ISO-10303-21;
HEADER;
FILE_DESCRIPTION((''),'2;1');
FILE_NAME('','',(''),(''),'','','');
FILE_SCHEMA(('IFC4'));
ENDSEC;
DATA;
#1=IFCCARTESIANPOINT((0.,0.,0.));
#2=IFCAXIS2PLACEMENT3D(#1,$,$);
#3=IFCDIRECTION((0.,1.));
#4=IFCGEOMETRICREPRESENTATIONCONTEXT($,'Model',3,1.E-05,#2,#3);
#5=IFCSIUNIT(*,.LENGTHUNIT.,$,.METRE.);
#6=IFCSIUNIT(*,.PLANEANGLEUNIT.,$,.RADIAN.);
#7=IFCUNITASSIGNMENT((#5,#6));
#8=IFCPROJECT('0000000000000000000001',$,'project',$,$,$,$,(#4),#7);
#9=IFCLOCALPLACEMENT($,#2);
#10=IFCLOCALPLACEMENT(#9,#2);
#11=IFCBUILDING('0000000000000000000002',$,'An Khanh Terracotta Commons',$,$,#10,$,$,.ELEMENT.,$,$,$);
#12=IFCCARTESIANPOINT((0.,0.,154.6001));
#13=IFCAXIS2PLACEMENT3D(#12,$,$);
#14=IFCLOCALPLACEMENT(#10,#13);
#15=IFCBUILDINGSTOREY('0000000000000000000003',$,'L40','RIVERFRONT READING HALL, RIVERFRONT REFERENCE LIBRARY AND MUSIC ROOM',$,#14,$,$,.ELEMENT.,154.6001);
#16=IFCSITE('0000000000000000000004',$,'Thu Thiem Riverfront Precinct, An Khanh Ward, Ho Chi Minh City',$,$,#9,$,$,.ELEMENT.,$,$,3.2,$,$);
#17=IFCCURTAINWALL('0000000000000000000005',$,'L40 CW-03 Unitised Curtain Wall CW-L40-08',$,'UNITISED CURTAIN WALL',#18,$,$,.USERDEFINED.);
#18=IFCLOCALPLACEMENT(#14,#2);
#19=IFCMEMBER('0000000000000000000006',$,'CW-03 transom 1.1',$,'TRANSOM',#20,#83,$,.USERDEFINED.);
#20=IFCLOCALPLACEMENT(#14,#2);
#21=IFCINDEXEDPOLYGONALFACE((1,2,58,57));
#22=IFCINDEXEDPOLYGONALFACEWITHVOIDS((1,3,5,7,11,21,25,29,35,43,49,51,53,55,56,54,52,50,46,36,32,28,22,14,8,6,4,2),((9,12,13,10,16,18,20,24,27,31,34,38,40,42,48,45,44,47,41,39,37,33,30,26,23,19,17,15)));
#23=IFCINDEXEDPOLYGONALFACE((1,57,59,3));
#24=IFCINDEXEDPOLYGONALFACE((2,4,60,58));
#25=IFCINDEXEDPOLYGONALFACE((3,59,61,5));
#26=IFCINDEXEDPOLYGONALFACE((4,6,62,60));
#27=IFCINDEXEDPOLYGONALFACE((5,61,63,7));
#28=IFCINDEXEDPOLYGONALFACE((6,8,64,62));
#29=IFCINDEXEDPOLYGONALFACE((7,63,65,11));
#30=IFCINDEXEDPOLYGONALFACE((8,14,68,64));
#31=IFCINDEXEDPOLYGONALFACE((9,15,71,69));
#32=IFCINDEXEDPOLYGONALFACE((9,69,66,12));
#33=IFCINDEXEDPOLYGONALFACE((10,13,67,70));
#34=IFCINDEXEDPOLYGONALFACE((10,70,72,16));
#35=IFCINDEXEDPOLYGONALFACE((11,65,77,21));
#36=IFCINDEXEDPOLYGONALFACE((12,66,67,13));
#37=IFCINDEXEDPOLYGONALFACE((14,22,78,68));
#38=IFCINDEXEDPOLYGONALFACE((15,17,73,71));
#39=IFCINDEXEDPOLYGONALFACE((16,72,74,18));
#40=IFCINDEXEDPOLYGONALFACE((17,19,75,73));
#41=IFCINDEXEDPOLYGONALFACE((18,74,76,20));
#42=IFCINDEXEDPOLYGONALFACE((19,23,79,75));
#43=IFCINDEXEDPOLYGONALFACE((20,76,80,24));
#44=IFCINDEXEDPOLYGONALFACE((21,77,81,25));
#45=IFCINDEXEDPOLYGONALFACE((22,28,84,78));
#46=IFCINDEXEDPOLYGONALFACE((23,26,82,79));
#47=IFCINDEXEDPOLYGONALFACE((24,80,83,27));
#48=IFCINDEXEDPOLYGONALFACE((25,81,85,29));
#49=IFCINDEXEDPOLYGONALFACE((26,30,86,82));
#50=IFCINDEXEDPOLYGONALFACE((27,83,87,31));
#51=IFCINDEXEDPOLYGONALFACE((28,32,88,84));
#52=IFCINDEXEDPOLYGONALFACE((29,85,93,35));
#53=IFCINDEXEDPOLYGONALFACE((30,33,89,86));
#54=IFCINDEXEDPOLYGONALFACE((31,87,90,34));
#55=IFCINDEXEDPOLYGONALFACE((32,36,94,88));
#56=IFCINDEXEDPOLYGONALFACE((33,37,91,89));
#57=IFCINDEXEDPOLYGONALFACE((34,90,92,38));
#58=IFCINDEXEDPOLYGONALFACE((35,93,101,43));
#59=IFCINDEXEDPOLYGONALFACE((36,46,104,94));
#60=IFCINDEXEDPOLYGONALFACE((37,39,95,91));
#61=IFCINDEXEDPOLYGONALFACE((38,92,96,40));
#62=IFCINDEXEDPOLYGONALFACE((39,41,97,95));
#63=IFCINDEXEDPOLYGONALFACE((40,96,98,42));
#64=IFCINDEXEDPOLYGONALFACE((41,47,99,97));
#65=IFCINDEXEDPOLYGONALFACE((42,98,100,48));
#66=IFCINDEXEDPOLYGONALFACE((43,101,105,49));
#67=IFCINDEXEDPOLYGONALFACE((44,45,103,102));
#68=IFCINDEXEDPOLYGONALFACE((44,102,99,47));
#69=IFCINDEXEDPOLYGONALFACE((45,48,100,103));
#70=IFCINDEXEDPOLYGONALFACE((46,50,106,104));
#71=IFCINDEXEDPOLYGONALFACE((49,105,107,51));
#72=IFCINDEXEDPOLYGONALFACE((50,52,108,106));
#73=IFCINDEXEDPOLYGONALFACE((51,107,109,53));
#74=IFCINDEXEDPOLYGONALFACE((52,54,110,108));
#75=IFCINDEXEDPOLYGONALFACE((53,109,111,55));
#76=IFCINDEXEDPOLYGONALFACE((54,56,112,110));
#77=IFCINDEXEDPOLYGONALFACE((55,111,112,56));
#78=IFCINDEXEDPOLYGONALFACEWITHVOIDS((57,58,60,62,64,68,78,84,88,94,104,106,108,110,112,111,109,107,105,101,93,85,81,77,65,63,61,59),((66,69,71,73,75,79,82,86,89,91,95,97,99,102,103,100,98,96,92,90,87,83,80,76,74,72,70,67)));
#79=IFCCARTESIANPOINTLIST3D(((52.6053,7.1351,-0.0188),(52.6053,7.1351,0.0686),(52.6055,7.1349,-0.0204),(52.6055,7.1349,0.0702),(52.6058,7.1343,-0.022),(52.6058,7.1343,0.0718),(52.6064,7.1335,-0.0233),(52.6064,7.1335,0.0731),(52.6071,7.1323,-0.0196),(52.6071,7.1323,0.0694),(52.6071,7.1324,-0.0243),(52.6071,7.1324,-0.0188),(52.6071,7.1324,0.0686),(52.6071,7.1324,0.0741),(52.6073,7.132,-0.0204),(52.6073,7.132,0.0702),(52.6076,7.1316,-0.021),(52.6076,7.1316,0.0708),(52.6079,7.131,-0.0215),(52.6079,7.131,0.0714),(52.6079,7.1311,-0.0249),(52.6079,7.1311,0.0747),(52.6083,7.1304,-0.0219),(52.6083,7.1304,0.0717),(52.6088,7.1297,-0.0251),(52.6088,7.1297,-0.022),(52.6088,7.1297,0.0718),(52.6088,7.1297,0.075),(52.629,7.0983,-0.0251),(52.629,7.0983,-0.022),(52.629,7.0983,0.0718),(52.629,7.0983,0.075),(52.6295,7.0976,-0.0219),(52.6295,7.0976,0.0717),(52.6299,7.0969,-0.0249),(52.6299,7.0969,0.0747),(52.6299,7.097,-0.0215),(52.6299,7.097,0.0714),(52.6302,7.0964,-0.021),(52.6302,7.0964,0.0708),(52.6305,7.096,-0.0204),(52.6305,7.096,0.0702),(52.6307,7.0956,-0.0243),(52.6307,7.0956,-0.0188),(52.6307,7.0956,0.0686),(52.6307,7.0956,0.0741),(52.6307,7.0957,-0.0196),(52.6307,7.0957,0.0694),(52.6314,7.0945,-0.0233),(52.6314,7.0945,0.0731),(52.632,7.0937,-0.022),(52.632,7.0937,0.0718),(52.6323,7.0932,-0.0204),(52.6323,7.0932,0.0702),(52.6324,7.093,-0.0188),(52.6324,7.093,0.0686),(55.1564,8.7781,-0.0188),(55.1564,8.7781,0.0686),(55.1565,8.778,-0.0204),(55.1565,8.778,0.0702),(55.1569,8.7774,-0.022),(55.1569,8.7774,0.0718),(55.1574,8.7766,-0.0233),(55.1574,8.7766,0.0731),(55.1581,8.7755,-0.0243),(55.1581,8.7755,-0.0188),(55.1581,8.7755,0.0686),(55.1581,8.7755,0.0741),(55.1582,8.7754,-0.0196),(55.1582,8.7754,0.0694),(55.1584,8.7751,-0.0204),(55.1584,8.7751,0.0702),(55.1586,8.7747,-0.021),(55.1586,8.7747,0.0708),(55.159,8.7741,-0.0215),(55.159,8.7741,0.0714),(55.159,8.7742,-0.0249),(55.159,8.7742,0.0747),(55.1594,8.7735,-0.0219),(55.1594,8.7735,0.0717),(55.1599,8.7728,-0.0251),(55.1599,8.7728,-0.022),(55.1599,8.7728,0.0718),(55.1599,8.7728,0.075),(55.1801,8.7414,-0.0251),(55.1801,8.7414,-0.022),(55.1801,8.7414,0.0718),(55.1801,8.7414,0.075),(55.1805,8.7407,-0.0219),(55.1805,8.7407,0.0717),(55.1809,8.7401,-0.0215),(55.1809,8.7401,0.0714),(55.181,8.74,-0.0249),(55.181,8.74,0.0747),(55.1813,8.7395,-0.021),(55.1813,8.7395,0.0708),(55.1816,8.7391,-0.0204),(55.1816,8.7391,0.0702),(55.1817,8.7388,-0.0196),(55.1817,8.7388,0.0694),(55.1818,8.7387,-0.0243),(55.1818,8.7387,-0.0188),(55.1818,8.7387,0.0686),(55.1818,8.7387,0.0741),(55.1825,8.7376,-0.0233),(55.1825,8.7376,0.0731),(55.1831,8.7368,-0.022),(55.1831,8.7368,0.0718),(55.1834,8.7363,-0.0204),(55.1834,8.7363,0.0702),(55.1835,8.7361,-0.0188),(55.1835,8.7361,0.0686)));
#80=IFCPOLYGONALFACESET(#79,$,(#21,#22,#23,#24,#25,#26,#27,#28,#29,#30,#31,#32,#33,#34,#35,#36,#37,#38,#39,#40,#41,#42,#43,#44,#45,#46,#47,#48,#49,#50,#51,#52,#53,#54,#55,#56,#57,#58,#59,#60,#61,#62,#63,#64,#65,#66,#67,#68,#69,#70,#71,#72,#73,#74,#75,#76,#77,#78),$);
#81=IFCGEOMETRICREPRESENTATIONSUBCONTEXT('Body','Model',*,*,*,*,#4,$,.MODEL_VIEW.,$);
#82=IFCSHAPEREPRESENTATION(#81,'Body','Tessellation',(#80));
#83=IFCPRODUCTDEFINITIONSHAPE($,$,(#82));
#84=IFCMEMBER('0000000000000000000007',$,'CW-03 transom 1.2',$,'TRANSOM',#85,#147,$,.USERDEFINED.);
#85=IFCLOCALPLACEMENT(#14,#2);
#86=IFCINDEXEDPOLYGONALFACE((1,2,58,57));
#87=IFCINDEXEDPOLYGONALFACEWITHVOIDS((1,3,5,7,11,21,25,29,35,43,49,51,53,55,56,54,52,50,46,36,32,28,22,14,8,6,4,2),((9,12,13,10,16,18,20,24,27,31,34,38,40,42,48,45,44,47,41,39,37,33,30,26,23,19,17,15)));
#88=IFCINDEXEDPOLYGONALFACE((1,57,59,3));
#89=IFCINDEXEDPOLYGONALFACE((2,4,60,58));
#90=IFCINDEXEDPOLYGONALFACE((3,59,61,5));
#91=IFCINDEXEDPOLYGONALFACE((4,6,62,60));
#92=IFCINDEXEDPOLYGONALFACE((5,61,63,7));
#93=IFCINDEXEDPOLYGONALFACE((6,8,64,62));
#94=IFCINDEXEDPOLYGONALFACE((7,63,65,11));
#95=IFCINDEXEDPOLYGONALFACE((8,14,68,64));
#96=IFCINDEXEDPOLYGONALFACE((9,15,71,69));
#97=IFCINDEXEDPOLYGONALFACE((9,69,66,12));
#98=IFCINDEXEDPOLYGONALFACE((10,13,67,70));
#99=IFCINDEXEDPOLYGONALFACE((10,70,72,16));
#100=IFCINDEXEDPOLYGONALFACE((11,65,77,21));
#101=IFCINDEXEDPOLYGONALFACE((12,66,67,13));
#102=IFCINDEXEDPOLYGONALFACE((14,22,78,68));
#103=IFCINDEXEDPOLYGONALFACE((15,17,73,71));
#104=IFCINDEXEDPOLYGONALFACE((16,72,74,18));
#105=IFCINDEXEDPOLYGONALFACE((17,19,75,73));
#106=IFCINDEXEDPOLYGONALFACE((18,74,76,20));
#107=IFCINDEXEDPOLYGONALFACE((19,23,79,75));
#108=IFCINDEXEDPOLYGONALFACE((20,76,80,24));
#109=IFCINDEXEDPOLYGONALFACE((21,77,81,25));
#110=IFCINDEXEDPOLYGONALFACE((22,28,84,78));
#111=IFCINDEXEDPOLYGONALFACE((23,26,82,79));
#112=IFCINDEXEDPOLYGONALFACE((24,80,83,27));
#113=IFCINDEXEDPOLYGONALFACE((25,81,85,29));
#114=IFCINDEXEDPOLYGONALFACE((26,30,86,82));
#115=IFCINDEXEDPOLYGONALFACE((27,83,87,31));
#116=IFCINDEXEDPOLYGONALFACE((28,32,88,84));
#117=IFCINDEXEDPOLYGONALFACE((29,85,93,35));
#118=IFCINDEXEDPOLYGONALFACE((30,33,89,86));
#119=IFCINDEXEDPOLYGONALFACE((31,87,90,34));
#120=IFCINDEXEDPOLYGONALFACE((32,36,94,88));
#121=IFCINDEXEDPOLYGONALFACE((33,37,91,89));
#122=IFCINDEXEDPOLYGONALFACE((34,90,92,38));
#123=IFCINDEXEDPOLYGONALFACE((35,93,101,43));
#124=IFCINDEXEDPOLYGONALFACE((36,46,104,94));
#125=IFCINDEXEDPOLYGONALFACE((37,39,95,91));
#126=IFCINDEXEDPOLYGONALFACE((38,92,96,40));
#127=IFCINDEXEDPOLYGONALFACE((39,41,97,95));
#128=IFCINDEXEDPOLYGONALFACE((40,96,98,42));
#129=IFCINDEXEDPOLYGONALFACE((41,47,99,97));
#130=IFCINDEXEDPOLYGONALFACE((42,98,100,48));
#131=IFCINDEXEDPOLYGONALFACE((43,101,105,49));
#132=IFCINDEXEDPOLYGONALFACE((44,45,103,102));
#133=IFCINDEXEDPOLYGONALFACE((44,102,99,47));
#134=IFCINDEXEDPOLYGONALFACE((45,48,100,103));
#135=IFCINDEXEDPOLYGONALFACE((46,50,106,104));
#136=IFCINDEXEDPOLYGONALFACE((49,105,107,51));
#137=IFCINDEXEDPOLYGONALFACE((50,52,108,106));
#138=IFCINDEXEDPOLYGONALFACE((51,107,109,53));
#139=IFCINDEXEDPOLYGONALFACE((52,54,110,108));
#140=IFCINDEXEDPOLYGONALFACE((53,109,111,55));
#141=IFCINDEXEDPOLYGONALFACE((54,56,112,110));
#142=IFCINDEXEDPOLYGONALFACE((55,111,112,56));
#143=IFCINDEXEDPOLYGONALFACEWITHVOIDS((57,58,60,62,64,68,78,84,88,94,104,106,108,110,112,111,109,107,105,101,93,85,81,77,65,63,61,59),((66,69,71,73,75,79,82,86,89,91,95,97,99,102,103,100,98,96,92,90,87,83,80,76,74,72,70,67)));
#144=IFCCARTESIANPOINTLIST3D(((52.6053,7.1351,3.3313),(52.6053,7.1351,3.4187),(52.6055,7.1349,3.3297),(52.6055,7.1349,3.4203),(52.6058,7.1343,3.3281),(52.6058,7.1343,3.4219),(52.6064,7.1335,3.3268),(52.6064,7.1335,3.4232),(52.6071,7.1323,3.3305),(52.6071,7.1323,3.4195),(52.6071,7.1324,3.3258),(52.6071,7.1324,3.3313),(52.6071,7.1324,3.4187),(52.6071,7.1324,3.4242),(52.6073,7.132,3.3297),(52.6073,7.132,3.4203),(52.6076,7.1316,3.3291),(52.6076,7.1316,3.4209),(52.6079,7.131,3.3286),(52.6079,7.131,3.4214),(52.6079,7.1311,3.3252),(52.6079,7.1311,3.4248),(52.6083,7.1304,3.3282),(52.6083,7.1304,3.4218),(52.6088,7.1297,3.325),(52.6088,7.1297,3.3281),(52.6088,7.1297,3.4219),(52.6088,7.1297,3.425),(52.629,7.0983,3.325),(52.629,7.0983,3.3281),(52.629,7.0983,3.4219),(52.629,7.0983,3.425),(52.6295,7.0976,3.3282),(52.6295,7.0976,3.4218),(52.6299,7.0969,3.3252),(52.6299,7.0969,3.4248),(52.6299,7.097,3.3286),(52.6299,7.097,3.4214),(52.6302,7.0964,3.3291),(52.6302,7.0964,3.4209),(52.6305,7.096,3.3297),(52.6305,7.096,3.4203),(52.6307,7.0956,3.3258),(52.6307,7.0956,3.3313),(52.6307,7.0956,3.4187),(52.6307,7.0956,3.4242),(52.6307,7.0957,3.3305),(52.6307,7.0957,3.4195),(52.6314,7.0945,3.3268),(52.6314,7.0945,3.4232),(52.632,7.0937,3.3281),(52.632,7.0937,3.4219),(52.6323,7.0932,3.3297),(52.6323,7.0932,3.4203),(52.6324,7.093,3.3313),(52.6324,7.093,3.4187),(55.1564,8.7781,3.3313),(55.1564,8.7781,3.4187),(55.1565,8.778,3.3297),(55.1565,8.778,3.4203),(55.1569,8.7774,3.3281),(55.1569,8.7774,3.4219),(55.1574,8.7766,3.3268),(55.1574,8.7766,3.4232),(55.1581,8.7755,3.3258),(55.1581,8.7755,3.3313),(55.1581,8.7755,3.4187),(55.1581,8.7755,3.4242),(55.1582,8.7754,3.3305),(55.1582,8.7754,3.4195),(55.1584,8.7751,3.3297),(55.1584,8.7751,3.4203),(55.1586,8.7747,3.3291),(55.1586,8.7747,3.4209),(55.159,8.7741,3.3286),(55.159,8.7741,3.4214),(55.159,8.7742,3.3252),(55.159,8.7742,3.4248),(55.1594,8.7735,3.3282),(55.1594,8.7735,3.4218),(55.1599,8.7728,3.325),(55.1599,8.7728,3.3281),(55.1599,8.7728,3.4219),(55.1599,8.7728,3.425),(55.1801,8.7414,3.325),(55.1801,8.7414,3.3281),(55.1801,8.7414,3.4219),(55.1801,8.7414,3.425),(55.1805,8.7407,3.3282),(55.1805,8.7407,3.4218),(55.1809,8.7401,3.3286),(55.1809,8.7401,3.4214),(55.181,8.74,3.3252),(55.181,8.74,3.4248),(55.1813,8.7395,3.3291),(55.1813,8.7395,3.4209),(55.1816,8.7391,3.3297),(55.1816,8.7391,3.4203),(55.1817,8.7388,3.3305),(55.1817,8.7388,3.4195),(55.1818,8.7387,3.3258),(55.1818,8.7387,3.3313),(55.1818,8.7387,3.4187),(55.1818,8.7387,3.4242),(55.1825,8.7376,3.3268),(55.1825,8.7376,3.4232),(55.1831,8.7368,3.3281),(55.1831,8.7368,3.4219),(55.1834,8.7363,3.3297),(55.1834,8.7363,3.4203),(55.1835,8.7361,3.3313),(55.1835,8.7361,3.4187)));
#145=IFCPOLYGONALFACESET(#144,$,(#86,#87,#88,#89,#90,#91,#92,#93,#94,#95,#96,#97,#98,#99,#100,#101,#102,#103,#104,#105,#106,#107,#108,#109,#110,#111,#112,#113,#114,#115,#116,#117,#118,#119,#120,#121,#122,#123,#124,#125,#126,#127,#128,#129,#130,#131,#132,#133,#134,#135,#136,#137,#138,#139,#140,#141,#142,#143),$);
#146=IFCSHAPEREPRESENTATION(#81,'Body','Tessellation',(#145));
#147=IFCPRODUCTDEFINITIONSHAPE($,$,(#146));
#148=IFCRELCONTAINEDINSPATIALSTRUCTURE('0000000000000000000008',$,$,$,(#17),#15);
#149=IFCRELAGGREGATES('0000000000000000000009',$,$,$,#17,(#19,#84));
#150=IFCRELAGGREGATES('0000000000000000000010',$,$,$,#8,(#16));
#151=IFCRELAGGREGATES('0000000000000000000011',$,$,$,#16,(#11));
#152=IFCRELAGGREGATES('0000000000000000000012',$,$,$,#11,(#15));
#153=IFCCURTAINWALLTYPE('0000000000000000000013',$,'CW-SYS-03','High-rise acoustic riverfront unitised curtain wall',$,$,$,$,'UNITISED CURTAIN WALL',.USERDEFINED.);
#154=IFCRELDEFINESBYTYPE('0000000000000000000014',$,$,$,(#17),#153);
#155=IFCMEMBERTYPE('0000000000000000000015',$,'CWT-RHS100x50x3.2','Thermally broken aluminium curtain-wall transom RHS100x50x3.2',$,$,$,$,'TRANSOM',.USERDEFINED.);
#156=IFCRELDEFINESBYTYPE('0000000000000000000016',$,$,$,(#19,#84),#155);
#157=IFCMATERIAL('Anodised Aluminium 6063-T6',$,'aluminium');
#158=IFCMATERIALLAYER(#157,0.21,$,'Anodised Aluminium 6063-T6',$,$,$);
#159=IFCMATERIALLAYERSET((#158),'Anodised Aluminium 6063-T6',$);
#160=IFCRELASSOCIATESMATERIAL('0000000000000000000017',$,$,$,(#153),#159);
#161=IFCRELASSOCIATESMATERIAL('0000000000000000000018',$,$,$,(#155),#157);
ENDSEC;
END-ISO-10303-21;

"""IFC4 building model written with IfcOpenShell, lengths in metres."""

from ifc_helpers import new_model, si_unit, direction, frame, origin, origin_2d, place, context, subcontext, project, spatial, hollow_rectangle, extrude, material, layer, layer_set, material_profile, profile_set, type_object, element, aggregate, save


model = new_model("IFC4")

# Units and contexts
model_context = context("Model", 3, precision=1e-05, world=origin(), true_north=direction((0.0, 1.0)))
body_context = subcontext(model_context, "Body", "Model", "MODEL_VIEW")
ifc_project = project(units=[si_unit("LENGTHUNIT", "METRE"), si_unit("PLANEANGLEUNIT", "RADIAN")], contexts=[model_context])

# Site, building, storey
site_placement = place(None, origin())
site = spatial("IfcSite", under=ifc_project, at=site_placement, Name="Thu Thiem Riverfront Precinct, An Khanh Ward, Ho Chi Minh City", CompositionType="ELEMENT", RefElevation=3.2)
building_placement = place(site_placement, origin())
building = spatial("IfcBuilding", under=site, at=building_placement, Name="An Khanh Terracotta Commons", CompositionType="ELEMENT")
storey_placement = place(building_placement, frame((0.0, 0.0, 154.6001)))
storey = spatial("IfcBuildingStorey", under=building, at=storey_placement, Name="L40", Description="RIVERFRONT READING HALL, RIVERFRONT REFERENCE LIBRARY AND MUSIC ROOM", CompositionType="ELEMENT", Elevation=154.6001)

# Curtain wall, members
ifc_material_1 = material(Name="Anodised Aluminium 6063-T6", Category="aluminium")
ifc_layer_1 = layer(ifc_material_1, 0.21, Name="Anodised Aluminium 6063-T6")
ifc_layer_set_1 = layer_set([ifc_layer_1], Name="Anodised Aluminium 6063-T6")
curtain_wall_type = type_object("IfcCurtainWallType", Name="CW-SYS-03", Description="High-rise acoustic riverfront unitised curtain wall", ElementType="UNITISED CURTAIN WALL", PredefinedType="USERDEFINED", material=ifc_layer_set_1)
curtain_wall_placement = place(storey_placement, origin())
curtain_wall = element("IfcCurtainWall", 1, at=curtain_wall_placement, inside=storey, type_object=curtain_wall_type, Name="L40 CW-03 Unitised Curtain Wall CW-L40-08", ObjectType="UNITISED CURTAIN WALL", PredefinedType="USERDEFINED")
ifc_material_profile_1 = material_profile(ifc_material_1, hollow_rectangle(XDim=0.05, YDim=0.1001, WallThickness=0.0032, InnerFilletRadius=0.0032, OuterFilletRadius=0.0063, at=origin_2d()), Name="RHS100x50x3.2")
ifc_profile_set_1 = profile_set([ifc_material_profile_1], Name="Anodised Aluminium 6063-T6")
member_type_1 = type_object("IfcMemberType", Name="CWT-RHS100x50x3.2", Description="Thermally broken aluminium curtain-wall transom RHS100x50x3.2", ElementType="TRANSOM", PredefinedType="USERDEFINED", material=ifc_profile_set_1)
member_1_placement = place(storey_placement, frame((52.6189, 7.114, 0.0249), z_axis=(0.84071, 0.541485, 0.0), x_axis=(-0.541485, 0.84071, 0.0)))
member_1 = element("IfcMember", 2, at=member_1_placement, type_object=member_type_1, Name="CW-03 transom 1.1", ObjectType="TRANSOM", PredefinedType="USERDEFINED", context=body_context, shape_type="SweptSolid", body=[
    extrude(hollow_rectangle(XDim=0.05, YDim=0.1001, WallThickness=0.0032, InnerFilletRadius=0.0032, OuterFilletRadius=0.0063, at=origin_2d()), origin(), (0.0, 0.0, 1.0), 3.0344),
])
member_2_placement = place(storey_placement, frame((52.6189, 7.114, 3.375), z_axis=(0.84071, 0.541485, 0.0), x_axis=(-0.541485, 0.84071, 0.0)))
member_2 = element("IfcMember", 3, at=member_2_placement, type_object=member_type_1, Name="CW-03 transom 1.2", ObjectType="TRANSOM", PredefinedType="USERDEFINED", context=body_context, shape_type="SweptSolid", body=[
    extrude(hollow_rectangle(XDim=0.05, YDim=0.1001, WallThickness=0.0032, InnerFilletRadius=0.0032, OuterFilletRadius=0.0063, at=origin_2d()), origin(), (0.0, 0.0, 1.0), 3.0344),
])
aggregate(curtain_wall, [member_1, member_2])

save(model, "model.ifc")
